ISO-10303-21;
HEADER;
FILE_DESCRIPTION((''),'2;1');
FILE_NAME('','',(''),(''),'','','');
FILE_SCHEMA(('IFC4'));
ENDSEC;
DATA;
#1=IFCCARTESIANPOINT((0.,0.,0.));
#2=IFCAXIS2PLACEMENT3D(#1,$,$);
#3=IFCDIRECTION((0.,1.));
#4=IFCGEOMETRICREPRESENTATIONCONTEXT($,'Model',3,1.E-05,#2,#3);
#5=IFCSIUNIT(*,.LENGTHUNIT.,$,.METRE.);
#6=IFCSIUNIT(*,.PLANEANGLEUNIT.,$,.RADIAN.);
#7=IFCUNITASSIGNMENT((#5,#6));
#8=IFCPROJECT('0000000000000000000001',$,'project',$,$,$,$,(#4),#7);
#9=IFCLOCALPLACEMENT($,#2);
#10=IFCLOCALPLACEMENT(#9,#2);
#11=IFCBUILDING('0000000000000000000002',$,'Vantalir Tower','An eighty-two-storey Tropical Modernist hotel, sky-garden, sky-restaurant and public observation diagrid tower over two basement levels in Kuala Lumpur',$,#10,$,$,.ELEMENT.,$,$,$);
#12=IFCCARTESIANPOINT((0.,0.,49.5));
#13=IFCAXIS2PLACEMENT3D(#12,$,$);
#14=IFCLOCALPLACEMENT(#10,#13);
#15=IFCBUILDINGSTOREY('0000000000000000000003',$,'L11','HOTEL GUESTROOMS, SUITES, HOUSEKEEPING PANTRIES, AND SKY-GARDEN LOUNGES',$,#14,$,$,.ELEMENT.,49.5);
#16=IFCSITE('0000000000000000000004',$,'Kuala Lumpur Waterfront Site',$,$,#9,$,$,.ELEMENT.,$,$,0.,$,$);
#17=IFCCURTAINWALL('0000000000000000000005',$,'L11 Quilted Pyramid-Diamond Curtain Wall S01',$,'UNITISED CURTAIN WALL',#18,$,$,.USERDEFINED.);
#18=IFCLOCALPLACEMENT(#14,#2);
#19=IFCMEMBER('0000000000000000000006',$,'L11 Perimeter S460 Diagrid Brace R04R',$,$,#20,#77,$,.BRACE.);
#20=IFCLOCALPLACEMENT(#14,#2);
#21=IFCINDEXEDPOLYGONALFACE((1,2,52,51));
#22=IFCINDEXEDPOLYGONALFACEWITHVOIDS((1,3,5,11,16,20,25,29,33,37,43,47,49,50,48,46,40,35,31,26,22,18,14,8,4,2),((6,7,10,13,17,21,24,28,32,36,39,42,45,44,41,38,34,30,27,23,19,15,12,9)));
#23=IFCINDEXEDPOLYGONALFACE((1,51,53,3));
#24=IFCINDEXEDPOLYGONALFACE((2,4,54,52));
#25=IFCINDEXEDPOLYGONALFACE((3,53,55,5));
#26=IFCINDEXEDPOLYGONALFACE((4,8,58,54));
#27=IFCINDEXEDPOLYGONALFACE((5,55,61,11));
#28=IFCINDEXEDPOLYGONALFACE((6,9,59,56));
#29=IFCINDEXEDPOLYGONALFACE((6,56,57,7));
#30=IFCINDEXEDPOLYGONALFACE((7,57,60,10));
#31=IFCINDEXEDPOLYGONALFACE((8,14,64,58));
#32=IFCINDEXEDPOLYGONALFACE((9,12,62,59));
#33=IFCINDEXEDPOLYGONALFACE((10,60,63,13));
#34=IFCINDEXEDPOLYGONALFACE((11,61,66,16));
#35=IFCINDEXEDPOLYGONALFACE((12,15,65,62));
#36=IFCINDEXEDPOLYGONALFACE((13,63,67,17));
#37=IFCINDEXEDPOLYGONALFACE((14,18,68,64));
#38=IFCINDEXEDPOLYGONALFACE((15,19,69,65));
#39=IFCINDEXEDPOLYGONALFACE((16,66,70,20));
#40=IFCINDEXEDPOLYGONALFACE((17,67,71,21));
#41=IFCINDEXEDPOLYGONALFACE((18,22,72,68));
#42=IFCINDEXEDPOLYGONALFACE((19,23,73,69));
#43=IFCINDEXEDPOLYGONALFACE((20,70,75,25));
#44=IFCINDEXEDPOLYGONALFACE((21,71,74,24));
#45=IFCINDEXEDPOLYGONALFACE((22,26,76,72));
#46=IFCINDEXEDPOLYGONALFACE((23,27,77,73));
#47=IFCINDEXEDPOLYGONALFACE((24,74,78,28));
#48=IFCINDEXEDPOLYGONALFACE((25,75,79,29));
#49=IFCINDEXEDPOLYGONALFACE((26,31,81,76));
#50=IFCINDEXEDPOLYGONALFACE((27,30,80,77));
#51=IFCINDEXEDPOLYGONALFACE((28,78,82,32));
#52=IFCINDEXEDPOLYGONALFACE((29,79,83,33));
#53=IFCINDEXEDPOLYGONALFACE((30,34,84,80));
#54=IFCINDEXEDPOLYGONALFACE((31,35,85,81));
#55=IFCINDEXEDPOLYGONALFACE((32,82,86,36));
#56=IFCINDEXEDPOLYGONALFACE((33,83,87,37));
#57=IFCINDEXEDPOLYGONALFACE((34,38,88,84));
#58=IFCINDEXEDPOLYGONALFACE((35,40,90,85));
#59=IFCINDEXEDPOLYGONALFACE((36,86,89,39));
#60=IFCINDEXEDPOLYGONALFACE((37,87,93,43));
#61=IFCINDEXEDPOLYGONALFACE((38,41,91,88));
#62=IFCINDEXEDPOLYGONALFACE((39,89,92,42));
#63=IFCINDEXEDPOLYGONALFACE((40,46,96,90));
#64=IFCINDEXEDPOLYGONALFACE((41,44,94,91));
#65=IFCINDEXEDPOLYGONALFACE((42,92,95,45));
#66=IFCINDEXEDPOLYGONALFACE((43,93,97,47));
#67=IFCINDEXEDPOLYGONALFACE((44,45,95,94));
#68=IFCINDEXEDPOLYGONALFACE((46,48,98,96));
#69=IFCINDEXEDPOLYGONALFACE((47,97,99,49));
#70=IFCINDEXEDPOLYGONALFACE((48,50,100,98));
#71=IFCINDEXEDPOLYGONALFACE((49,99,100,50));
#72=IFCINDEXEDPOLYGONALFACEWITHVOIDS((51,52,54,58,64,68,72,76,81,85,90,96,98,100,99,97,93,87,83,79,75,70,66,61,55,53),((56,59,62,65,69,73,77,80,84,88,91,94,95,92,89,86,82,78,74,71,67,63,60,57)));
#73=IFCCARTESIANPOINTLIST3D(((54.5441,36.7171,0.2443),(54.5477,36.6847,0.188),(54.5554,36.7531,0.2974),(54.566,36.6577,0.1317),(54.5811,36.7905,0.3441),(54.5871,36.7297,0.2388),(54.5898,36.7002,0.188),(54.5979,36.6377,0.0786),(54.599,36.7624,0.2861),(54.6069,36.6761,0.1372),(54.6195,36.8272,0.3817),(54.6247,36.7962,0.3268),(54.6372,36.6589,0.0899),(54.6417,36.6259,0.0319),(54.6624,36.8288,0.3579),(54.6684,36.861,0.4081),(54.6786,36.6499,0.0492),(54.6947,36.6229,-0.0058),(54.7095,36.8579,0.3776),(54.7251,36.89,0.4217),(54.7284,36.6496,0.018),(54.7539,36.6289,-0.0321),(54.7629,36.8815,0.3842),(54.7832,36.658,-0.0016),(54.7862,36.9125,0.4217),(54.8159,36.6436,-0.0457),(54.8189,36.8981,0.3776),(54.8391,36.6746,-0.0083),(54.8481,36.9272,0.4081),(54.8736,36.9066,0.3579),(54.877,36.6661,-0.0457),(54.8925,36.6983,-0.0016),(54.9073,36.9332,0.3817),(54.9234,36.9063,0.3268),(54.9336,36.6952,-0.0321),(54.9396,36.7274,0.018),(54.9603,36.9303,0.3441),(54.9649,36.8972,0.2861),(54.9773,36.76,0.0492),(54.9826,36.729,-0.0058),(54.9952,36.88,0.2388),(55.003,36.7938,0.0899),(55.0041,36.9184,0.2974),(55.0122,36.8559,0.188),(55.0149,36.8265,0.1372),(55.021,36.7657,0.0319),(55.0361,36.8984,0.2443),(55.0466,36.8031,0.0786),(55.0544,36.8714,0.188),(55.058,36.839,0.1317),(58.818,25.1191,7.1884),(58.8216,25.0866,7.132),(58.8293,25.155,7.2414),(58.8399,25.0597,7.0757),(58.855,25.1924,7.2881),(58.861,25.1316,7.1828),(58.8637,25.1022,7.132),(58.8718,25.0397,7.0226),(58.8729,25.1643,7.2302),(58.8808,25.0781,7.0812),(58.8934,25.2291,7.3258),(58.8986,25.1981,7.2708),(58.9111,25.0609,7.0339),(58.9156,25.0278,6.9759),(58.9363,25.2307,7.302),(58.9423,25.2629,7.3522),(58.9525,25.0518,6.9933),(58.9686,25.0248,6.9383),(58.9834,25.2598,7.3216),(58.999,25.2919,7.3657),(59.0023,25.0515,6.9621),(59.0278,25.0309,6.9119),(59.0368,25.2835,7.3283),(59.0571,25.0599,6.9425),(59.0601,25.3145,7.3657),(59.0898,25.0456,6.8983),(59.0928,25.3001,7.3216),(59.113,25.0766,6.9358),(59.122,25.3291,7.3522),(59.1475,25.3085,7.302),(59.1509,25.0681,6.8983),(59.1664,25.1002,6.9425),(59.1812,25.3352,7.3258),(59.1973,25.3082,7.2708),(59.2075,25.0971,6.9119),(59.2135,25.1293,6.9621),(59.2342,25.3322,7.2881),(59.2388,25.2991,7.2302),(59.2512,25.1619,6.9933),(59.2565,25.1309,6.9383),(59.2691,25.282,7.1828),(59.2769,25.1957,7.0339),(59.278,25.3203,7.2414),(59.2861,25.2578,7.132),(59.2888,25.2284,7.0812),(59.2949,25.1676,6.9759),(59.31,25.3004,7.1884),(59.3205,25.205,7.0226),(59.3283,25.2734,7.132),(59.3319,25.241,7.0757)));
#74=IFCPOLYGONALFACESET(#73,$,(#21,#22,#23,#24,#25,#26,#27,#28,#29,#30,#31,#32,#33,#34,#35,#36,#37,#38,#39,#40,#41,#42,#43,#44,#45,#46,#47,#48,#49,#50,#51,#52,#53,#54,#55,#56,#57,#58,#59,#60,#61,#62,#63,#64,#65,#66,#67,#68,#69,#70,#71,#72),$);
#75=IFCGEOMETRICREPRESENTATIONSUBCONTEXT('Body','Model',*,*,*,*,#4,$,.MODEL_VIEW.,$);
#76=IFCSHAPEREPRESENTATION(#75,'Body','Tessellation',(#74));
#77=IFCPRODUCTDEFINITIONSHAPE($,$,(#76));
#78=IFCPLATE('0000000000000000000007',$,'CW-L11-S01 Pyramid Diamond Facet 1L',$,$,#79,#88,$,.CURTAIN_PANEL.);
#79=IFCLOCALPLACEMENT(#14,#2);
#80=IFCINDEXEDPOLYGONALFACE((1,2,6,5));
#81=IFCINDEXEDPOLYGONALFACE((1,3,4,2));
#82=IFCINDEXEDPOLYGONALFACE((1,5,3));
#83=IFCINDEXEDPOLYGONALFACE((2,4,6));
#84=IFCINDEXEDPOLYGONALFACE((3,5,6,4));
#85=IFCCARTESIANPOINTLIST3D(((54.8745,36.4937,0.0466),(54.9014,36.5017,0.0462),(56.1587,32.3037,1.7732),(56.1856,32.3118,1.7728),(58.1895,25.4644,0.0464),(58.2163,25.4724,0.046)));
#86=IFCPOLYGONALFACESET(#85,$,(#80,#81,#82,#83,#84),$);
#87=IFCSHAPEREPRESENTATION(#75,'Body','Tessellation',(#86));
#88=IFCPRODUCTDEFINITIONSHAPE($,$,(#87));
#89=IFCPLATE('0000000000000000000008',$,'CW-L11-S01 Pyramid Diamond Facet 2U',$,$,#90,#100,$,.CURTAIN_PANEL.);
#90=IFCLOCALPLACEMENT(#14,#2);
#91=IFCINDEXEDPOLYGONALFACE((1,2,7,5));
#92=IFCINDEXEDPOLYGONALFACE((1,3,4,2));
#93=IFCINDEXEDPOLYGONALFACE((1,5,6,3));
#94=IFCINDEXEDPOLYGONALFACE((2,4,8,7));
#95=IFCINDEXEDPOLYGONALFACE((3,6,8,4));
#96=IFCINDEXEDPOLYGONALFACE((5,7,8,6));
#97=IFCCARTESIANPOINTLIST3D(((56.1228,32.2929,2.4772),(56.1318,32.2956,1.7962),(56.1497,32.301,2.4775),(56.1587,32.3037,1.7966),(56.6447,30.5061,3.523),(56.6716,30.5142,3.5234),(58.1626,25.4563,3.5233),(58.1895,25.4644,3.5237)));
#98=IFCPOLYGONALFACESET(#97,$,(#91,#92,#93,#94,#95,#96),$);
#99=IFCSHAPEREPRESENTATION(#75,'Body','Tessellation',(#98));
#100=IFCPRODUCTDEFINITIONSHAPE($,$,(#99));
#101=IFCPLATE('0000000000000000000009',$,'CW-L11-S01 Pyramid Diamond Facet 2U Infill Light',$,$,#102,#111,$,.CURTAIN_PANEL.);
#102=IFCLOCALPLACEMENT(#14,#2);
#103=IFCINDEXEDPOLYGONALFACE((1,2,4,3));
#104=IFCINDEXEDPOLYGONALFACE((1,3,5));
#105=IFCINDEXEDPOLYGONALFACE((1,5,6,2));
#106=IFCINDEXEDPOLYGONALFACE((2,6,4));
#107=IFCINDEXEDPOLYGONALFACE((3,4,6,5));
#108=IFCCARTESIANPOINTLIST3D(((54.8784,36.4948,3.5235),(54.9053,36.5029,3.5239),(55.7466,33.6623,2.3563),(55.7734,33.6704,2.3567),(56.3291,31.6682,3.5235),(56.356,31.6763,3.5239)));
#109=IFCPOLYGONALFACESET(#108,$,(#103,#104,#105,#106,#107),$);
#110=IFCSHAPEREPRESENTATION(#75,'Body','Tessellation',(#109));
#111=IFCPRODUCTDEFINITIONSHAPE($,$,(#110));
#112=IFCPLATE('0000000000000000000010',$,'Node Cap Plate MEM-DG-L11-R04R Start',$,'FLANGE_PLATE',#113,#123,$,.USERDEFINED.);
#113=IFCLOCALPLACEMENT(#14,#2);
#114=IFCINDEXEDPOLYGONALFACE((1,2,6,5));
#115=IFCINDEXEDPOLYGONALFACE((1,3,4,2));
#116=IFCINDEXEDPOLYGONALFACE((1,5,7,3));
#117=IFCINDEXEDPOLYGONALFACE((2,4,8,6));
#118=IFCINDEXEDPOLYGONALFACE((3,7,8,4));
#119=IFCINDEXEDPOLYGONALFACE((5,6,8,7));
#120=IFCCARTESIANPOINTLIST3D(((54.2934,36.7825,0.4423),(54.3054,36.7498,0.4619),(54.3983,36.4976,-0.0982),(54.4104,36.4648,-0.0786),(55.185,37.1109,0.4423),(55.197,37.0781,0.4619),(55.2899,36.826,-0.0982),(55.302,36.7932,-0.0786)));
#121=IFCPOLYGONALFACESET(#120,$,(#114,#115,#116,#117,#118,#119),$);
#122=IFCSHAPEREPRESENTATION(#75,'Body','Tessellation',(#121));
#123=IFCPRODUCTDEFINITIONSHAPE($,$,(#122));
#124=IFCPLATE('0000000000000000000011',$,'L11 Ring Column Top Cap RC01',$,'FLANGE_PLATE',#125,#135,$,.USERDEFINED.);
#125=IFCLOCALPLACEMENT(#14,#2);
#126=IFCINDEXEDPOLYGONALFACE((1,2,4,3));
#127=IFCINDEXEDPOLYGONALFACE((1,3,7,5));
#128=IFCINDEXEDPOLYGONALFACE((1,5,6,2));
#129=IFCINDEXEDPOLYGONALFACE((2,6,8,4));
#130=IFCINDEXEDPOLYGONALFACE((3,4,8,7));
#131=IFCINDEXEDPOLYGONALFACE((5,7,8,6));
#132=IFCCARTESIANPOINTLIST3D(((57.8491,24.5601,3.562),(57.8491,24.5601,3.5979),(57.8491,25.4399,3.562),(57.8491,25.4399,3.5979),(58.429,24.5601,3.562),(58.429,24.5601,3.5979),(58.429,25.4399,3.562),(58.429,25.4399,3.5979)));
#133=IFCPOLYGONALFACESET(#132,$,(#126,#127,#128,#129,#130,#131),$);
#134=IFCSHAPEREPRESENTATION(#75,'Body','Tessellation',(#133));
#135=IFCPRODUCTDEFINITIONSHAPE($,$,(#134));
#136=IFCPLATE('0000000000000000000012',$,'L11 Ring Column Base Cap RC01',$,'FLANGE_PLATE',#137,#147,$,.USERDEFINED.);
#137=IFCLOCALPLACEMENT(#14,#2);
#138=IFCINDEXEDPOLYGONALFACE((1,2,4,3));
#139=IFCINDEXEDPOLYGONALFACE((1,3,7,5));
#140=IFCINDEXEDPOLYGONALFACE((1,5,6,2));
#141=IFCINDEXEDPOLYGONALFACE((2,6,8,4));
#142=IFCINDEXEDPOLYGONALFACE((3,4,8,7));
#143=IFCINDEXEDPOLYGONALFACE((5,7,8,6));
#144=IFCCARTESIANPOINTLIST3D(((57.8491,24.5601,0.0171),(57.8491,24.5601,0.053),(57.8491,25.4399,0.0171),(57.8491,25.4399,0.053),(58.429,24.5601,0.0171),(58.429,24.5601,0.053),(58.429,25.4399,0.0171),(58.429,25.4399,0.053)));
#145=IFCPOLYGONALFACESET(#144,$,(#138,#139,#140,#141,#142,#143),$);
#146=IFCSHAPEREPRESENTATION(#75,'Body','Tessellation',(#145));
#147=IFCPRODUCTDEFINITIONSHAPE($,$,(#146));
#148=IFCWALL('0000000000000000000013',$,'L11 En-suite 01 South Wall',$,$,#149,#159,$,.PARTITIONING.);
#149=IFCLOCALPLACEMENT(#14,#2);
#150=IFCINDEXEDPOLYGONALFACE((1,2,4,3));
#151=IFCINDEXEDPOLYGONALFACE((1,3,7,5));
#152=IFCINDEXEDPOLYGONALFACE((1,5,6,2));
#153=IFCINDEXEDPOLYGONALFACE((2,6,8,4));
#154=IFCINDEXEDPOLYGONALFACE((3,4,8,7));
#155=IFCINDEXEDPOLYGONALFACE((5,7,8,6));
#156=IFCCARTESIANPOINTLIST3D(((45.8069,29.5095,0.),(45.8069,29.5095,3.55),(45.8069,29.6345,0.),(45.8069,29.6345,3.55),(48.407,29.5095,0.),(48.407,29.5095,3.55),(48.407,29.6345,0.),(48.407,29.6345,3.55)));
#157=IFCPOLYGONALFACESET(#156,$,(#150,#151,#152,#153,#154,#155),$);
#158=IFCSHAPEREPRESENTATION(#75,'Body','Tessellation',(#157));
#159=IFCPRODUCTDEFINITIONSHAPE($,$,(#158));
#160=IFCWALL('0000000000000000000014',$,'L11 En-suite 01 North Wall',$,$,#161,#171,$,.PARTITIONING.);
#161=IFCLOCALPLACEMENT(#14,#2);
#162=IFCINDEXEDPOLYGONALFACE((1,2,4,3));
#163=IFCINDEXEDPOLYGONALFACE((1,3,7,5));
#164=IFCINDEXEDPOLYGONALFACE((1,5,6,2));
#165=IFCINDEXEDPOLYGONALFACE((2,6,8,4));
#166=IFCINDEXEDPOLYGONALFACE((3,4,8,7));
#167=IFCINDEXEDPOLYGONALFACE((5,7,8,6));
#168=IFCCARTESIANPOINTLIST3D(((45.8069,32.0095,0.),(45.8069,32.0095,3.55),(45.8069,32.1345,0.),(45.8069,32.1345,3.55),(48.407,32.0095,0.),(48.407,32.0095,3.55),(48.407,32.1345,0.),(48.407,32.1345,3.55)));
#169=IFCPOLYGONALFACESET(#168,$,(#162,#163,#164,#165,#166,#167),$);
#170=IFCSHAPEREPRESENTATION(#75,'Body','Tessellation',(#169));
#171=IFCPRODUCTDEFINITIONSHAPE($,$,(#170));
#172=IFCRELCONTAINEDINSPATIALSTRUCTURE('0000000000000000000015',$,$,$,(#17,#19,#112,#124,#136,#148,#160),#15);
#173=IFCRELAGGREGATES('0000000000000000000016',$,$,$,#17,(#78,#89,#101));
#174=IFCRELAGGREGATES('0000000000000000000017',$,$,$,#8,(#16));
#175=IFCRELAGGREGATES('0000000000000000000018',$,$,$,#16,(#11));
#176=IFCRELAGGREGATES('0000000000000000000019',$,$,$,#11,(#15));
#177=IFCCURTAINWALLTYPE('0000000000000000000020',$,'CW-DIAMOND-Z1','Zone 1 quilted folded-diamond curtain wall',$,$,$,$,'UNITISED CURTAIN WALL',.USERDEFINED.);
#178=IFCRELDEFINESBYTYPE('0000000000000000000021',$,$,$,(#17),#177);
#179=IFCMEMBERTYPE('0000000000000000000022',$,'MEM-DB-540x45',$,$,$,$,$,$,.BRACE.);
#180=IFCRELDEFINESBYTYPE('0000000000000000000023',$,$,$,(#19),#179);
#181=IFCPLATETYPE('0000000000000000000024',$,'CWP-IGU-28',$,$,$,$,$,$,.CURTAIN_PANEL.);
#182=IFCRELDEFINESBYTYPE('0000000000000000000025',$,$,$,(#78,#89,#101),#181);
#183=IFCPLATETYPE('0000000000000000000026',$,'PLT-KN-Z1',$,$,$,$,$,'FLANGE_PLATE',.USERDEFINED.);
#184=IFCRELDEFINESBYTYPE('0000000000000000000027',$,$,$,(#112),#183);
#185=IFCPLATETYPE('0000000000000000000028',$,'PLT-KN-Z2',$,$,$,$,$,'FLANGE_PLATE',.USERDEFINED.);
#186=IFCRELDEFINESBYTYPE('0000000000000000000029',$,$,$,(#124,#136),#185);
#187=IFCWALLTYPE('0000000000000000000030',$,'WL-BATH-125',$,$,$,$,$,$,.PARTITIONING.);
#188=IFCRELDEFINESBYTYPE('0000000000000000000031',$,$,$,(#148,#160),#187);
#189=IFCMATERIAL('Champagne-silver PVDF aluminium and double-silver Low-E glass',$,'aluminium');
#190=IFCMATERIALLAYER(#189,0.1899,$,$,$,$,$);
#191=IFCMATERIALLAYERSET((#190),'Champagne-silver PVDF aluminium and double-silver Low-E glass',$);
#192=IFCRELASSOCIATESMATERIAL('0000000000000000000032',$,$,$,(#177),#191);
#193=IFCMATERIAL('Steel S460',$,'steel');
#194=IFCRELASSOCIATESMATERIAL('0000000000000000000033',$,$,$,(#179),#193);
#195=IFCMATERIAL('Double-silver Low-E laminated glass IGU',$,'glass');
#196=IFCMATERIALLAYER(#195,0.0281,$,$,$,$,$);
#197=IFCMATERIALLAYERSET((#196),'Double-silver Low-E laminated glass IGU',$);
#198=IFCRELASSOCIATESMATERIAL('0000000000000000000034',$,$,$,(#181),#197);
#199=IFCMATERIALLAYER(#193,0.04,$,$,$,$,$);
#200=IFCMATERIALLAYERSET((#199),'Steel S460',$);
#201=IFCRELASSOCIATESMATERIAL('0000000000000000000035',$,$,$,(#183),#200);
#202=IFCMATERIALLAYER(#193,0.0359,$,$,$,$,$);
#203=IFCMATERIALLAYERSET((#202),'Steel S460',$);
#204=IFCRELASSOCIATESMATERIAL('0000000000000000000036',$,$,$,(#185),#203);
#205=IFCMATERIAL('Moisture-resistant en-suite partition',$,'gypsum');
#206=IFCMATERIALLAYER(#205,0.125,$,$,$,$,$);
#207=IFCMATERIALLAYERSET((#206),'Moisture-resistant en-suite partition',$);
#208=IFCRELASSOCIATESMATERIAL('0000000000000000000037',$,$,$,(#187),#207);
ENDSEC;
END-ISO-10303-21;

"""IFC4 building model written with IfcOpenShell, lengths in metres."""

from ifc_helpers import new_model, si_unit, direction, frame, frame_2d, origin, origin_2d, place, context, subcontext, project, spatial, polyline, rectangle, hollow_circle, outline, extrude, material, layer, layer_set, material_profile, profile_set, type_object, element, aggregate, save


model = new_model("IFC4")

# Units and contexts
model_context = context("Model", 3, precision=1e-05, world=origin(), true_north=direction((0.0, 1.0)))
body_context = subcontext(model_context, "Body", "Model", "MODEL_VIEW")
ifc_project = project(units=[si_unit("LENGTHUNIT", "METRE"), si_unit("PLANEANGLEUNIT", "RADIAN")], contexts=[model_context])

# Site, building, storey
site_placement = place(None, origin())
site = spatial("IfcSite", under=ifc_project, at=site_placement, Name="Kuala Lumpur Waterfront Site", CompositionType="ELEMENT", RefElevation=0.0)
building_placement = place(site_placement, origin())
building = spatial("IfcBuilding", under=site, at=building_placement, Name="Vantalir Tower", Description="An eighty-two-storey Tropical Modernist hotel, sky-garden, sky-restaurant and public observation diagrid tower over two basement levels in Kuala Lumpur", CompositionType="ELEMENT")
storey_placement = place(building_placement, frame((0.0, 0.0, 49.5)))
storey = spatial("IfcBuildingStorey", under=building, at=storey_placement, Name="L11", Description="HOTEL GUESTROOMS, SUITES, HOUSEKEEPING PANTRIES, AND SKY-GARDEN LOUNGES", CompositionType="ELEMENT", Elevation=49.5)

# Shared definitions
ifc_material_1 = material(Name="Steel S460", Category="steel")

# Curtain wall
ifc_material_2 = material(Name="Champagne-silver PVDF aluminium and double-silver Low-E glass", Category="aluminium")
ifc_layer_1 = layer(ifc_material_2, 0.1899)
ifc_layer_set_1 = layer_set([ifc_layer_1], Name="Champagne-silver PVDF aluminium and double-silver Low-E glass")
curtain_wall_type = type_object("IfcCurtainWallType", Name="CW-DIAMOND-Z1", Description="Zone 1 quilted folded-diamond curtain wall", ElementType="UNITISED CURTAIN WALL", PredefinedType="USERDEFINED", material=ifc_layer_set_1)
curtain_wall_placement = place(storey_placement, origin())
curtain_wall = element("IfcCurtainWall", 1, at=curtain_wall_placement, inside=storey, type_object=curtain_wall_type, Name="L11 Quilted Pyramid-Diamond Curtain Wall S01", ObjectType="UNITISED CURTAIN WALL", PredefinedType="USERDEFINED")

# Member
ifc_material_profile_1 = material_profile(ifc_material_1, hollow_circle(Radius=0.27, WallThickness=0.0449, at=origin_2d()), Name="Steel S460")
ifc_profile_set_1 = profile_set([ifc_material_profile_1], Name="Steel S460")
member_type_1 = type_object("IfcMemberType", Name="MEM-DB-540x45", PredefinedType="BRACE", material=ifc_profile_set_1)
member_1_placement = place(storey_placement, frame((54.801, 36.7781, 0.188), z_axis=(0.301457, -0.818062, 0.489794), x_axis=(0.938319, 0.345771, 0.0)))
element("IfcMember", 2, at=member_1_placement, inside=storey, type_object=member_type_1, Name="L11 Perimeter S460 Diagrid Brace R04R", PredefinedType="BRACE", context=body_context, shape_type="SweptSolid", body=[
    extrude(hollow_circle(Radius=0.27, WallThickness=0.0449, at=origin_2d()), origin(), (0.0, 0.0, 1.0), 14.1775),
])

# Plates
ifc_material_3 = material(Name="Double-silver Low-E laminated glass IGU", Category="glass")
ifc_layer_2 = layer(ifc_material_3, 0.0281)
ifc_layer_set_2 = layer_set([ifc_layer_2], Name="Double-silver Low-E laminated glass IGU")
plate_type_1 = type_object("IfcPlateType", Name="CWP-IGU-28", PredefinedType="CURTAIN_PANEL", material=ifc_layer_set_2)
plate_1_placement = place(storey_placement, frame((58.1895, 25.4644, 0.0464), z_axis=(-0.957588, -0.287811, 0.013787), x_axis=(-0.287838, 0.957679, 0.000021)))
plate_1 = element("IfcPlate", 3, at=plate_1_placement, type_object=plate_type_1, Name="CW-L11-S01 Pyramid Diamond Facet 1L", PredefinedType="CURTAIN_PANEL", context=body_context, shape_type="SweptSolid", body=[
    extrude(outline(polyline([(0.0, 0.0), (11.5167, 0.0), (7.1345, -1.7268), (0.0, 0.0)])), origin(), (0.0, 0.0, -1.0), 0.0281),
])
plate_2_placement = place(storey_placement, frame((58.1895, 25.4644, 3.5237), z_axis=(0.957584, 0.287823, 0.013835), x_axis=(-0.28785, 0.957676, -0.000046)))
plate_2 = element("IfcPlate", 4, at=plate_2_placement, type_object=plate_type_1, Name="CW-L11-S01 Pyramid Diamond Facet 2U", PredefinedType="CURTAIN_PANEL", context=body_context, shape_type="SweptSolid", body=[
    extrude(outline(polyline([(0.0, 0.0), (5.273, 0.0), (7.1345, -1.0459), (7.1345, -1.7269), (0.0, 0.0)])), origin(), (0.0, 0.0, -1.0), 0.0281),
])
plate_3_placement = place(storey_placement, frame((56.356, 31.6763, 3.5239), z_axis=(0.957588, 0.287809, 0.013809), x_axis=(-0.287837, 0.95768, 0.0)))
plate_3 = element("IfcPlate", 5, at=plate_3_placement, type_object=plate_type_1, Name="CW-L11-S01 Pyramid Diamond Facet 2U Infill Light", PredefinedType="CURTAIN_PANEL", context=body_context, shape_type="SweptSolid", body=[
    extrude(outline(polyline([(0.0, 0.0), (5.04, 0.0), (2.0774, -1.1673), (0.0, 0.0)])), origin(), (0.0, 0.0, -1.0), 0.0281),
])
aggregate(curtain_wall, [plate_1, plate_2, plate_3])

# Plates
ifc_layer_3 = layer(ifc_material_1, 0.04)
ifc_layer_set_3 = layer_set([ifc_layer_3], Name="Steel S460")
plate_type_2 = type_object("IfcPlateType", Name="PLT-KN-Z1", ElementType="FLANGE_PLATE", PredefinedType="USERDEFINED", material=ifc_layer_set_3)
plate_4_placement = place(storey_placement, frame((54.4104, 36.4648, -0.0786), z_axis=(0.301312, -0.818136, 0.48976), x_axis=(0.938383, 0.345598, 0.0)))
element("IfcPlate", 6, at=plate_4_placement, inside=storey, type_object=plate_type_2, Name="Node Cap Plate MEM-DG-L11-R04R Start", ObjectType="FLANGE_PLATE", PredefinedType="USERDEFINED", context=body_context, shape_type="SweptSolid", body=[
    extrude(outline(polyline([(0.0, 0.0), (0.9501, 0.0), (0.9501, 0.62), (0.0, 0.62), (0.0, 0.0)])), origin(), (0.0, 0.0, -1.0), 0.04),
])
ifc_layer_4 = layer(ifc_material_1, 0.0359)
ifc_layer_set_4 = layer_set([ifc_layer_4], Name="Steel S460")
plate_type_3 = type_object("IfcPlateType", Name="PLT-KN-Z2", ElementType="FLANGE_PLATE", PredefinedType="USERDEFINED", material=ifc_layer_set_4)
for number, where, z_axis, x_axis, name in (
    (7, (57.8491, 25.4399, 3.5979), (0.0, 0.0, 1.0), (0.0, -1.0, 0.0), "L11 Ring Column Top Cap RC01"),
    (8, (57.8491, 25.4399, 0.053), (0.0, 0.0, 1.0), (0.0, -1.0, 0.0), "L11 Ring Column Base Cap RC01"),
):
    element("IfcPlate", number, at=place(storey_placement, frame(where, z_axis=z_axis, x_axis=x_axis)), inside=storey, type_object=plate_type_3, Name=name, ObjectType="FLANGE_PLATE", PredefinedType="USERDEFINED", context=body_context, shape_type="SweptSolid", body=[
        extrude(outline(polyline([(0.0, 0.0), (0.8799, 0.0), (0.8799, 0.5798), (0.0, 0.5798), (0.0, 0.0)])), origin(), (0.0, 0.0, -1.0), 0.0359),
    ])

# Walls
ifc_material_4 = material(Name="Moisture-resistant en-suite partition", Category="gypsum")
ifc_layer_5 = layer(ifc_material_4, 0.125)
ifc_layer_set_5 = layer_set([ifc_layer_5], Name="Moisture-resistant en-suite partition")
wall_type_1 = type_object("IfcWallType", Name="WL-BATH-125", PredefinedType="PARTITIONING", material=ifc_layer_set_5)
for number, where, z_axis, x_axis, name in (
    (9, (45.8069, 29.572, 0.0), (0.0, 0.0, 1.0), (1.0, 0.0, 0.0), "L11 En-suite 01 South Wall"),
    (10, (45.8069, 32.072, 0.0), (0.0, 0.0, 1.0), (1.0, 0.0, 0.0), "L11 En-suite 01 North Wall"),
):
    element("IfcWall", number, at=place(storey_placement, frame(where, z_axis=z_axis, x_axis=x_axis)), inside=storey, type_object=wall_type_1, Name=name, PredefinedType="PARTITIONING", context=body_context, shape_type="SweptSolid", body=[
        extrude(rectangle(XDim=2.6001, YDim=0.125, at=frame_2d((1.3, 0.0))), origin(), (0.0, 0.0, 1.0), 3.55),
    ])

save(model, "model.ifc")
